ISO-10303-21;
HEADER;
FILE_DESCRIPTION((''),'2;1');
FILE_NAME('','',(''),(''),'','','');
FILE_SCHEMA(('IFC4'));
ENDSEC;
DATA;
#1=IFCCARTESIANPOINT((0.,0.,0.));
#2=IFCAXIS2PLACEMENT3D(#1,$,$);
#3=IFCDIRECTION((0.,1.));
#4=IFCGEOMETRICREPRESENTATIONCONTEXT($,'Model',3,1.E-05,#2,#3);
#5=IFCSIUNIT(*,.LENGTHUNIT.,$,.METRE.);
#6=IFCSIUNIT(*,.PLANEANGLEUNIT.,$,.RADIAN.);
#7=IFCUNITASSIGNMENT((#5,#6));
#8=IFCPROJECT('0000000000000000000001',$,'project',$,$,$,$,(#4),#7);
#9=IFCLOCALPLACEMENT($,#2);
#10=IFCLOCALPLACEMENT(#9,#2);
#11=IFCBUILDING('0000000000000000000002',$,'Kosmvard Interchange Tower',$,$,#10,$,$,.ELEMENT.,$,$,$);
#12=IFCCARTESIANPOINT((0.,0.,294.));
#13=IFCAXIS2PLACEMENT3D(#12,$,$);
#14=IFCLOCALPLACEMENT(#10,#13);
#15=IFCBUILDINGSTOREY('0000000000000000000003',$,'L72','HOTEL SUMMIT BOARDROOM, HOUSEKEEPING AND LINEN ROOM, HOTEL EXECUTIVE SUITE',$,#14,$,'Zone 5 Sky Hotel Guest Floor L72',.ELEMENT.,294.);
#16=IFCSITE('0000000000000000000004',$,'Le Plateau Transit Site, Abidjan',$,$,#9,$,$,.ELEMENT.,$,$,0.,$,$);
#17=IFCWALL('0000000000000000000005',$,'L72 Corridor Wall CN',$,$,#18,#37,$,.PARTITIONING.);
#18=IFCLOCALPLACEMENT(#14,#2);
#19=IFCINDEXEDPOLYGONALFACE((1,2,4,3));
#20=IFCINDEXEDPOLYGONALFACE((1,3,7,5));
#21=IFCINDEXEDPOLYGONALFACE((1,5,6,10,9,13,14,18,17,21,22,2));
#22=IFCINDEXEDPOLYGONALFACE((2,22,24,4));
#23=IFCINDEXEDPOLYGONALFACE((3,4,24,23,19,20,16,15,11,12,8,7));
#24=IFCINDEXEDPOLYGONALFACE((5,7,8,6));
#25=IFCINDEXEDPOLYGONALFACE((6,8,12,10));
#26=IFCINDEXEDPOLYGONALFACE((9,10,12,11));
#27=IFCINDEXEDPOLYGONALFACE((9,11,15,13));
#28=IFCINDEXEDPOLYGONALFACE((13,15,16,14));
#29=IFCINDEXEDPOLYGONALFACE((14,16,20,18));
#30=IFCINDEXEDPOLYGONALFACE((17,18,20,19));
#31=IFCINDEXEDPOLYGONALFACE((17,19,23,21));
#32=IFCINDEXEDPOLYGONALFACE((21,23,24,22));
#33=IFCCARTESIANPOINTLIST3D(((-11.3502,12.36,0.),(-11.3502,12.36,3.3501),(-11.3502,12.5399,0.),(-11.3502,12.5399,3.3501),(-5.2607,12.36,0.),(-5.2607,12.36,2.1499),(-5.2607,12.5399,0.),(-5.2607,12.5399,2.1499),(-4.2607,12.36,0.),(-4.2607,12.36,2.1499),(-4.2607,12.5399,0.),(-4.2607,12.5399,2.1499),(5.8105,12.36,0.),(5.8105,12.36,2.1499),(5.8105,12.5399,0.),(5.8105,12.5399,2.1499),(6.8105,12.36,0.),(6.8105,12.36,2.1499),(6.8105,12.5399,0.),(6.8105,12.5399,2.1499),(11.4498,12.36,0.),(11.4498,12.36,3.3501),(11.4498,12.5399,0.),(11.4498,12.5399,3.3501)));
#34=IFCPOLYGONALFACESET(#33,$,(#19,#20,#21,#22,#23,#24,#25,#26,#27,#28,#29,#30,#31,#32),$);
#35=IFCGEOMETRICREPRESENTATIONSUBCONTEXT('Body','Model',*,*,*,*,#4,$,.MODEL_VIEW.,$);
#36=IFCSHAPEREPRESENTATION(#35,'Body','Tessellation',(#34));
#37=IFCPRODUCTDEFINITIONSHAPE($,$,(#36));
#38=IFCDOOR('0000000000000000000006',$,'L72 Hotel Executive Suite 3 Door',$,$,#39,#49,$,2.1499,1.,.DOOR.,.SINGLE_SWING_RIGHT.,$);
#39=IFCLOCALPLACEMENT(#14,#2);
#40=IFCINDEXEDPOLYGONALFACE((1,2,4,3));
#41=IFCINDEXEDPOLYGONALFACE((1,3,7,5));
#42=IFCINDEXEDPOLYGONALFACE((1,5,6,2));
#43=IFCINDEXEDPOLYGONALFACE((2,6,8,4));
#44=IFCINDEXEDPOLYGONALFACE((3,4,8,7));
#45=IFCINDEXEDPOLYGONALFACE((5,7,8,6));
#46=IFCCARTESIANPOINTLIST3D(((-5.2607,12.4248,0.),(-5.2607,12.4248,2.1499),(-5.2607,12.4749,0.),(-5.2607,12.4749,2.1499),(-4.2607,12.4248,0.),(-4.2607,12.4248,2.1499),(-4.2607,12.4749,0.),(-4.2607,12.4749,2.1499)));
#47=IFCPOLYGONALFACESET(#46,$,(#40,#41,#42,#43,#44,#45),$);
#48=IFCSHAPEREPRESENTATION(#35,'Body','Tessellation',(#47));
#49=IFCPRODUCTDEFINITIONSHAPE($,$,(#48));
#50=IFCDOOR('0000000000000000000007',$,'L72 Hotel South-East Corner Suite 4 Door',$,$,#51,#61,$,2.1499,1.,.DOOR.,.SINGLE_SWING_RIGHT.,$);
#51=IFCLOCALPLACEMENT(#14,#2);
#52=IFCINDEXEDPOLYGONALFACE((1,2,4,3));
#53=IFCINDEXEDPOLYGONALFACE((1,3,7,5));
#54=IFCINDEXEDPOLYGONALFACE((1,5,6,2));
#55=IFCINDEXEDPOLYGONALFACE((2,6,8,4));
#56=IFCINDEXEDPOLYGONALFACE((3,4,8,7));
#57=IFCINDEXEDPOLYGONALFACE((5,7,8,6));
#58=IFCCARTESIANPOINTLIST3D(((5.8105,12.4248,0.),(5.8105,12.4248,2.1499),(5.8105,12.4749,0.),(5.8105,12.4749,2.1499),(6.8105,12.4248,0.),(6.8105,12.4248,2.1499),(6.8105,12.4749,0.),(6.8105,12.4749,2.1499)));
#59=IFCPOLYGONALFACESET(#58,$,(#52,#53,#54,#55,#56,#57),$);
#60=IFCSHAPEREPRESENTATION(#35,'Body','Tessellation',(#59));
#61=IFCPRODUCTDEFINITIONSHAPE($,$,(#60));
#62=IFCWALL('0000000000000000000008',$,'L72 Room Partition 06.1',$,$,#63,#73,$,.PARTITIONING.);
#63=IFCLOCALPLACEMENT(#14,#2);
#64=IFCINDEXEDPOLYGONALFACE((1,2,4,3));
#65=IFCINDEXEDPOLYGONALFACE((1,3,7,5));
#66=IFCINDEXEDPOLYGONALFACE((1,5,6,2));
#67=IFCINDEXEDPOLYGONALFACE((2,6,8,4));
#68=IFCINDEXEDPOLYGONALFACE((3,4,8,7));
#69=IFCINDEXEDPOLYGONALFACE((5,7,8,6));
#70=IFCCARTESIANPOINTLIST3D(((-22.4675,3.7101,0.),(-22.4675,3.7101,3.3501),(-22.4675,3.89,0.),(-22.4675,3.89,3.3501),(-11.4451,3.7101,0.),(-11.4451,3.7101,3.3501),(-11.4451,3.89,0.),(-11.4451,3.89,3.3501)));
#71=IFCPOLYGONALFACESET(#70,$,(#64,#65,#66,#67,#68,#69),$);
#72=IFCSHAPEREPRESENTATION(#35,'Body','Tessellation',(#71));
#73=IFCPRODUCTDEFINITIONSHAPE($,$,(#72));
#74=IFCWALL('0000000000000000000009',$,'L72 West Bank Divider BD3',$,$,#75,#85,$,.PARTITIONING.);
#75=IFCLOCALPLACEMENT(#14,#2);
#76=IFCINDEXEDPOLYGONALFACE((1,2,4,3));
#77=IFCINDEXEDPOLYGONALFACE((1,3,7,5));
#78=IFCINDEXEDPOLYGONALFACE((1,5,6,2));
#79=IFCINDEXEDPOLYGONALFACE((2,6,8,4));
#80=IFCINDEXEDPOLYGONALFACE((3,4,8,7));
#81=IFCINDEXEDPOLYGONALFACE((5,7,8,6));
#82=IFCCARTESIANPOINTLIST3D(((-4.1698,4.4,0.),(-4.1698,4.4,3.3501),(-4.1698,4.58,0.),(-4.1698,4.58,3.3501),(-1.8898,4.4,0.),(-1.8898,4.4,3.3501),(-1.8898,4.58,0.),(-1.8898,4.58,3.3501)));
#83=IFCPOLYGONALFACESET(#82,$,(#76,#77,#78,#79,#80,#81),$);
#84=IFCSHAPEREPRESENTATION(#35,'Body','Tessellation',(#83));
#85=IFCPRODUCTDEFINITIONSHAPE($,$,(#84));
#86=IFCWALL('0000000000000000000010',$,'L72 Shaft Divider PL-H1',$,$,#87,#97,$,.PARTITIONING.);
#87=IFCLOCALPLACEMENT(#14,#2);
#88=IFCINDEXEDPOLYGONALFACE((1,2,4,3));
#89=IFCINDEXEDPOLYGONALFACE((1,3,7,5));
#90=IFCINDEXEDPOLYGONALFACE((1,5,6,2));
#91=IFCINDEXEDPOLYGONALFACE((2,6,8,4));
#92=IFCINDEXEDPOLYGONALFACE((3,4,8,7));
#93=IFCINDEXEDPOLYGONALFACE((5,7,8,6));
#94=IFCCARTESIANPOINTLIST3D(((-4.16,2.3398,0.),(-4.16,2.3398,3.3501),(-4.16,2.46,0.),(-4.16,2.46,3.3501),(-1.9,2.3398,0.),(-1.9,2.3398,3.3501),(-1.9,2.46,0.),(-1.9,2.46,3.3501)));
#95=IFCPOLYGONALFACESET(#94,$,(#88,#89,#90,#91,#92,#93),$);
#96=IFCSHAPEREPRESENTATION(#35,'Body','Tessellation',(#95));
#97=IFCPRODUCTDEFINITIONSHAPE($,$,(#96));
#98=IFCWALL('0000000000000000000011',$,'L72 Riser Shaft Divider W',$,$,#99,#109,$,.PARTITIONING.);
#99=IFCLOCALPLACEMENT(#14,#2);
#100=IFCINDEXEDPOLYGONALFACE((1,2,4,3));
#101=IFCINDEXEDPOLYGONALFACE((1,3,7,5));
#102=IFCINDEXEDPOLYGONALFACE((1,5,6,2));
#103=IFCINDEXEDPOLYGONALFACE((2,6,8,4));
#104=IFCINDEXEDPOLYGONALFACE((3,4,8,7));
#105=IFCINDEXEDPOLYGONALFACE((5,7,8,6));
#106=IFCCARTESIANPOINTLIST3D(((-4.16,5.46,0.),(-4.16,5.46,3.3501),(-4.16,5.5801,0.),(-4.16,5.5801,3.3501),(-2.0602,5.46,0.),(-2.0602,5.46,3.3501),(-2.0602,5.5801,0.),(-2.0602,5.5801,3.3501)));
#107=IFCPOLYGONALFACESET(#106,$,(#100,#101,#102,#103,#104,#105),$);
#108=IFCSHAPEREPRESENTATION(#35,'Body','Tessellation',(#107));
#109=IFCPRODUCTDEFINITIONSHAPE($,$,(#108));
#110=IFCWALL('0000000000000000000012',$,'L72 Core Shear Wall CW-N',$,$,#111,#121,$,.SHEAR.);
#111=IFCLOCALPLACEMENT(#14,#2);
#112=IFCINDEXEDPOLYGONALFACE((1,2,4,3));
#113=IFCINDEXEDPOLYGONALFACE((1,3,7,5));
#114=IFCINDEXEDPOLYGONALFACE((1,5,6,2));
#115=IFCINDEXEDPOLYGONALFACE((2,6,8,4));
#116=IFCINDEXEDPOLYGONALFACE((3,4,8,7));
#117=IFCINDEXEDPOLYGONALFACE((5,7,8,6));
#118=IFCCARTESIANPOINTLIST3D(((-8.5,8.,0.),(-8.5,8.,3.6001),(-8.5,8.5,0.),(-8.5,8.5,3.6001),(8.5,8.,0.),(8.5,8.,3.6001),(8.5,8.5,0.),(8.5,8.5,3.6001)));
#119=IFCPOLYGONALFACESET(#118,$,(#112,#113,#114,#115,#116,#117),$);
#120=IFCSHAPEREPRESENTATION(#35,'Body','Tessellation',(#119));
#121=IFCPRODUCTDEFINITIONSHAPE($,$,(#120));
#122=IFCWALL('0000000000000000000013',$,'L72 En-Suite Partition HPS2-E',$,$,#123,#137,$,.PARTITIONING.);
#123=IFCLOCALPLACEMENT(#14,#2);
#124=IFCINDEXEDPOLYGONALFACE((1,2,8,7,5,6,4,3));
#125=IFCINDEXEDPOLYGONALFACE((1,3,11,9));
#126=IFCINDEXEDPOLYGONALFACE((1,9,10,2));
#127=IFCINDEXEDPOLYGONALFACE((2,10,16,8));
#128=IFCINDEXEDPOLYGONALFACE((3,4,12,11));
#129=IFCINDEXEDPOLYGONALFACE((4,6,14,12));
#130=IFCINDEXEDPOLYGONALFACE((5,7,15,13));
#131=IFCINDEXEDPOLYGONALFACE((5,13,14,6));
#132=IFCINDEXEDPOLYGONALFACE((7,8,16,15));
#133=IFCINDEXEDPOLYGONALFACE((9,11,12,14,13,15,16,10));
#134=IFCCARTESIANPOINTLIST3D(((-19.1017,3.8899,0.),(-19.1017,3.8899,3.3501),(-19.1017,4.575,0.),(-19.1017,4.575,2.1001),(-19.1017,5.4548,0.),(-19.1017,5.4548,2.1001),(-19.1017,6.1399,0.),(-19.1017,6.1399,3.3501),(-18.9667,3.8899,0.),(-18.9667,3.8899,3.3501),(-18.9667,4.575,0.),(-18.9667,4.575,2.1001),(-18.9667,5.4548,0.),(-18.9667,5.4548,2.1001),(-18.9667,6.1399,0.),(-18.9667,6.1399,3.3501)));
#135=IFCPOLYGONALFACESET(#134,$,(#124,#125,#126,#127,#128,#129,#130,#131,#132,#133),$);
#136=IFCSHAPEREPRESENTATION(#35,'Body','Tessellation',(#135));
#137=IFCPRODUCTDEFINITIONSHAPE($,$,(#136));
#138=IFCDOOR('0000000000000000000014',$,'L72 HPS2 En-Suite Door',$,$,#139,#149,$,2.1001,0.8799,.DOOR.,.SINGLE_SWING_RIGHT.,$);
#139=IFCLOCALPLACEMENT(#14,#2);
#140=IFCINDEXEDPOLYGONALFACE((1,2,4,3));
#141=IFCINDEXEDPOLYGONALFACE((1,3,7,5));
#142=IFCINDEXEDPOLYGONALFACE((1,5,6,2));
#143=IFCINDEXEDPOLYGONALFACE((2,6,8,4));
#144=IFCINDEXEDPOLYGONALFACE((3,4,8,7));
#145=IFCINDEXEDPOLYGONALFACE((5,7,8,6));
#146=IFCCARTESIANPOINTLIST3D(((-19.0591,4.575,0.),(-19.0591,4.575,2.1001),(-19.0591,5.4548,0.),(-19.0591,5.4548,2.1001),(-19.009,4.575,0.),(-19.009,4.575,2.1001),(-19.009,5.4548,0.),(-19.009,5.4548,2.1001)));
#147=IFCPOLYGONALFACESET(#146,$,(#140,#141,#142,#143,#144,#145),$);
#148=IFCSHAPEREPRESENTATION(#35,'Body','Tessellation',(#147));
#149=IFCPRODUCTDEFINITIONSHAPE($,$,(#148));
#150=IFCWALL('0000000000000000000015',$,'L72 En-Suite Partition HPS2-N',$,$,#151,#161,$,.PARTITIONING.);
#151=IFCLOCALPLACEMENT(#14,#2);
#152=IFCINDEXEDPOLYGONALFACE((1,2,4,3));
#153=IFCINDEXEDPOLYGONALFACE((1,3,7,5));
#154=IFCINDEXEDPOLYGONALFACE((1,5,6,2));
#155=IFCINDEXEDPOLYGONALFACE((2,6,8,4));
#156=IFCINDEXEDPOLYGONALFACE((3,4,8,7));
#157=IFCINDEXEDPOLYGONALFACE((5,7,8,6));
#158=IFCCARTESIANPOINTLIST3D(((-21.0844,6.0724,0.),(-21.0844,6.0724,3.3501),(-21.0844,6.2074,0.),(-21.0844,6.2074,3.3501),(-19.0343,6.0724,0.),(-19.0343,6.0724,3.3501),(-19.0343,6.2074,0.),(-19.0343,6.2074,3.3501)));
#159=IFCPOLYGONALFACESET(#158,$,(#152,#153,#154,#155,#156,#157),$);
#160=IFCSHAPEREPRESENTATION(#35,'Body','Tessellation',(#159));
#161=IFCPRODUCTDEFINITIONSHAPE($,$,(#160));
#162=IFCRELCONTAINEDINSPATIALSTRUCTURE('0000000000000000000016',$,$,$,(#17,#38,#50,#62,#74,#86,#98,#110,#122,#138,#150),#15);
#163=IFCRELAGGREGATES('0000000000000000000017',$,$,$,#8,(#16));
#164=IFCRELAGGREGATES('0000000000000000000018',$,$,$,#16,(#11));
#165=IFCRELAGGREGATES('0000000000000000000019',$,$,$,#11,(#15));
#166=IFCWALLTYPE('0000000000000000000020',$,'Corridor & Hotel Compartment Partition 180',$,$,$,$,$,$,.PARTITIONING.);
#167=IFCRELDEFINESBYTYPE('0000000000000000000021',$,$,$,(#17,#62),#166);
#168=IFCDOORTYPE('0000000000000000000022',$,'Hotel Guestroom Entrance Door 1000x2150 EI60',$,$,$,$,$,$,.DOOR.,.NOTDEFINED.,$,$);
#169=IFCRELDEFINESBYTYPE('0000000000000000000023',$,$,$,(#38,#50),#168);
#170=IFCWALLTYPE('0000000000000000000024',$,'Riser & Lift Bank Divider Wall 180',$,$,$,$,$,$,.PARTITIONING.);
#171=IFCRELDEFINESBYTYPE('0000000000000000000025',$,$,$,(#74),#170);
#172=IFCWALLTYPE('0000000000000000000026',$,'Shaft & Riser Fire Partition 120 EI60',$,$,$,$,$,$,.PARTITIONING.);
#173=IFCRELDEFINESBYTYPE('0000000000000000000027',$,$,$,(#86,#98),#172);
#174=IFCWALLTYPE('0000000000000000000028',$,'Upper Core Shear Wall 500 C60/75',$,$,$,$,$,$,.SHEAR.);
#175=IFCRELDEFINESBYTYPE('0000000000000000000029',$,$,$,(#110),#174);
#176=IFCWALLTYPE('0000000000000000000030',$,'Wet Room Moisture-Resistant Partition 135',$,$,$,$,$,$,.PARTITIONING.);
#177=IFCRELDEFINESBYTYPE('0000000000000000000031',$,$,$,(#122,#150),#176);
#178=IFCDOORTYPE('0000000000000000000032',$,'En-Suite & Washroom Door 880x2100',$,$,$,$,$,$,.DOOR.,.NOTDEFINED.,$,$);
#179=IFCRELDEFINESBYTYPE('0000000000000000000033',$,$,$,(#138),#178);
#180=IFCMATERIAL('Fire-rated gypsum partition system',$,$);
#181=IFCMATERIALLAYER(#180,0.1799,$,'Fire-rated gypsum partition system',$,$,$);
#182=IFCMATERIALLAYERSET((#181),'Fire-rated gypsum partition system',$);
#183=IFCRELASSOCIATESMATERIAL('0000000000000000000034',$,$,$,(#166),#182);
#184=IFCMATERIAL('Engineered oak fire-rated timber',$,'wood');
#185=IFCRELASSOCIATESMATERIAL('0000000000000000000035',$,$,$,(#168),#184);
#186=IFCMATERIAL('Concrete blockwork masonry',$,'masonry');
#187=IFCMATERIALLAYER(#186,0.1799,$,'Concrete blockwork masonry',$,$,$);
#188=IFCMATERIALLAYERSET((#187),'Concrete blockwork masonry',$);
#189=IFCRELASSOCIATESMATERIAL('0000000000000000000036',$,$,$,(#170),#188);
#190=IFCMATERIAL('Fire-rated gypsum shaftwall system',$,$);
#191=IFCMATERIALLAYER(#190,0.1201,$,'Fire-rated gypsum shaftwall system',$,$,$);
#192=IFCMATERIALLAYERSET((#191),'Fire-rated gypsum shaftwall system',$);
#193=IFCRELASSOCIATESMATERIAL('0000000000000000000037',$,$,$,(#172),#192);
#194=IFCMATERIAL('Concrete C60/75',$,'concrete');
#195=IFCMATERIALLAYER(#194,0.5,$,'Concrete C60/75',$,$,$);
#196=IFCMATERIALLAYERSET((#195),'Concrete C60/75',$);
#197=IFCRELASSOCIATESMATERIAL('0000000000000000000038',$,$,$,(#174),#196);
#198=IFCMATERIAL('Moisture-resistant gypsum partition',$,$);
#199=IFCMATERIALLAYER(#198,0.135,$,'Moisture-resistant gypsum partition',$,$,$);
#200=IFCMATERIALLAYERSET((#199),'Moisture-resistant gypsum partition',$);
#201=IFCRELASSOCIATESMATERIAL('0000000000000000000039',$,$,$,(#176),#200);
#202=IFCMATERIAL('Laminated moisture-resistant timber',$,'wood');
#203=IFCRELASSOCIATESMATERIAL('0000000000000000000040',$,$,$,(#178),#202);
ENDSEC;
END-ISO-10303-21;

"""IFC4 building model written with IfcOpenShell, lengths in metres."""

from ifc_helpers import new_model, si_unit, direction, frame, frame_2d, origin, place, context, subcontext, project, spatial, rectangle, extrude, source, transform, mapped, material, layer, layer_set, type_object, element, fill, save


model = new_model("IFC4")

# Units and contexts
model_context = context("Model", 3, precision=1e-05, world=origin(), true_north=direction((0.0, 1.0)))
body_context = subcontext(model_context, "Body", "Model", "MODEL_VIEW")
ifc_project = project(units=[si_unit("LENGTHUNIT", "METRE"), si_unit("PLANEANGLEUNIT", "RADIAN")], contexts=[model_context])

# Site, building, storey
site_placement = place(None, origin())
site = spatial("IfcSite", under=ifc_project, at=site_placement, Name="Le Plateau Transit Site, Abidjan", CompositionType="ELEMENT", RefElevation=0.0)
building_placement = place(site_placement, origin())
building = spatial("IfcBuilding", under=site, at=building_placement, Name="Kosmvard Interchange Tower", CompositionType="ELEMENT")
storey_placement = place(building_placement, frame((0.0, 0.0, 294.0)))
storey = spatial("IfcBuildingStorey", under=building, at=storey_placement, Name="L72", Description="HOTEL SUMMIT BOARDROOM, HOUSEKEEPING AND LINEN ROOM, HOTEL EXECUTIVE SUITE", LongName="Zone 5 Sky Hotel Guest Floor L72", CompositionType="ELEMENT", Elevation=294.0)

# Shared definitions
ifc_material_1 = material(Name="Fire-rated gypsum partition system")

# Wall, openings, doors
ifc_layer_1 = layer(ifc_material_1, 0.1799, Name="Fire-rated gypsum partition system")
ifc_layer_set_1 = layer_set([ifc_layer_1], Name="Fire-rated gypsum partition system")
wall_type_1 = type_object("IfcWallType", Name="Corridor & Hotel Compartment Partition 180", PredefinedType="PARTITIONING", material=ifc_layer_set_1)
shared_shape_1 = source(origin(), body_context, "Body", "SweptSolid", [
    extrude(rectangle(XDim=0.8799, YDim=2.1001, at=frame_2d((0.4399, 1.05))), frame((0.0, 0.0249, 0.0), z_axis=(0.0, -1.0, 0.0), x_axis=(1.0, 0.0, 0.0)), (0.0, 0.0, 1.0), 0.05),
])
wall_1_placement = place(storey_placement, frame((-11.3501, 12.45, 0.0), z_axis=(0.0, 0.0, 1.0), x_axis=(1.0, 0.0, 0.0)))
wall_1 = element("IfcWall", 1, at=wall_1_placement, inside=storey, type_object=wall_type_1, Name="L72 Corridor Wall CN", PredefinedType="PARTITIONING", context=body_context, shape_type="SweptSolid", body=[
    extrude(rectangle(XDim=22.8, YDim=0.1799, at=frame_2d((11.3999, 0.0))), origin(), (0.0, 0.0, 1.0), 3.3501),
])
opening_1_placement = place(wall_1_placement, frame((6.0894, 0.0, 0.0)))
opening_1 = element("IfcOpeningElement", 2, at=opening_1_placement, cuts=wall_1, PredefinedType="OPENING", context=body_context, shape_type="SweptSolid", body=[
    extrude(rectangle(XDim=1.0, YDim=2.1499, at=frame_2d((0.5, 1.075))), frame((0.0, 0.1001, 0.0), z_axis=(0.0, -1.0, 0.0), x_axis=(1.0, 0.0, 0.0)), (0.0, 0.0, 1.0), 0.2),
])
opening_2_placement = place(wall_1_placement, frame((17.1606, 0.0, 0.0)))
opening_2 = element("IfcOpeningElement", 3, at=opening_2_placement, cuts=wall_1, PredefinedType="OPENING", context=body_context, shape_type="SweptSolid", body=[
    extrude(rectangle(XDim=1.0, YDim=2.1499, at=frame_2d((0.5, 1.075))), frame((0.0, 0.1001, 0.0), z_axis=(0.0, -1.0, 0.0), x_axis=(1.0, 0.0, 0.0)), (0.0, 0.0, 1.0), 0.2),
])
ifc_material_2 = material(Name="Engineered oak fire-rated timber", Category="wood")
door_type_1 = type_object("IfcDoorType", Name="Hotel Guestroom Entrance Door 1000x2150 EI60", OperationType="NOTDEFINED", PredefinedType="DOOR", material=ifc_material_2)
shared_shape_2 = source(origin(), body_context, "Body", "SweptSolid", [
    extrude(rectangle(XDim=1.0, YDim=2.1499, at=frame_2d((0.5, 1.075))), frame((0.0, 0.0249, 0.0), z_axis=(0.0, -1.0, 0.0), x_axis=(1.0, 0.0, 0.0)), (0.0, 0.0, 1.0), 0.05),
])
door_1_placement = place(opening_1_placement, origin())
door_1 = element("IfcDoor", 4, at=door_1_placement, inside=storey, type_object=door_type_1, Name="L72 Hotel Executive Suite 3 Door", OperationType="SINGLE_SWING_RIGHT", OverallHeight=2.1499, OverallWidth=1.0, PredefinedType="DOOR", context=body_context, shape_type="MappedRepresentation", body=[
    mapped(shared_shape_2, transform((0.0, 0.0, 0.0), scale=1.0)),
])
fill(opening_1, door_1)
door_2_placement = place(opening_2_placement, origin())
door_2 = element("IfcDoor", 5, at=door_2_placement, inside=storey, type_object=door_type_1, Name="L72 Hotel South-East Corner Suite 4 Door", OperationType="SINGLE_SWING_RIGHT", OverallHeight=2.1499, OverallWidth=1.0, PredefinedType="DOOR", context=body_context, shape_type="MappedRepresentation", body=[
    mapped(shared_shape_2, transform((0.0, 0.0, 0.0), scale=1.0)),
])
fill(opening_2, door_2)

# Walls
wall_2_placement = place(storey_placement, frame((-11.4451, 3.8, 0.0), z_axis=(0.0, 0.0, 1.0), x_axis=(-1.0, 0.0, 0.0)))
element("IfcWall", 6, at=wall_2_placement, inside=storey, type_object=wall_type_1, Name="L72 Room Partition 06.1", PredefinedType="PARTITIONING", context=body_context, shape_type="SweptSolid", body=[
    extrude(rectangle(XDim=11.0225, YDim=0.1799, at=frame_2d((5.5112, 0.0))), origin(), (0.0, 0.0, 1.0), 3.3501),
])
ifc_material_3 = material(Name="Concrete blockwork masonry", Category="masonry")
ifc_layer_2 = layer(ifc_material_3, 0.1799, Name="Concrete blockwork masonry")
ifc_layer_set_2 = layer_set([ifc_layer_2], Name="Concrete blockwork masonry")
wall_type_2 = type_object("IfcWallType", Name="Riser & Lift Bank Divider Wall 180", PredefinedType="PARTITIONING", material=ifc_layer_set_2)
wall_3_placement = place(storey_placement, frame((-4.1699, 4.49, 0.0), z_axis=(0.0, 0.0, 1.0), x_axis=(1.0, 0.0, 0.0)))
element("IfcWall", 7, at=wall_3_placement, inside=storey, type_object=wall_type_2, Name="L72 West Bank Divider BD3", PredefinedType="PARTITIONING", context=body_context, shape_type="SweptSolid", body=[
    extrude(rectangle(XDim=2.28, YDim=0.1799, at=frame_2d((1.1401, 0.0))), origin(), (0.0, 0.0, 1.0), 3.3501),
])
ifc_material_4 = material(Name="Fire-rated gypsum shaftwall system")
ifc_layer_3 = layer(ifc_material_4, 0.1201, Name="Fire-rated gypsum shaftwall system")
ifc_layer_set_3 = layer_set([ifc_layer_3], Name="Fire-rated gypsum shaftwall system")
wall_type_3 = type_object("IfcWallType", Name="Shaft & Riser Fire Partition 120 EI60", PredefinedType="PARTITIONING", material=ifc_layer_set_3)
wall_4_placement = place(storey_placement, frame((-4.1599, 2.3999, 0.0), z_axis=(0.0, 0.0, 1.0), x_axis=(1.0, 0.0, 0.0)))
element("IfcWall", 8, at=wall_4_placement, inside=storey, type_object=wall_type_3, Name="L72 Shaft Divider PL-H1", PredefinedType="PARTITIONING", context=body_context, shape_type="SweptSolid", body=[
    extrude(rectangle(XDim=2.26, YDim=0.1201, at=frame_2d((1.1299, 0.0))), origin(), (0.0, 0.0, 1.0), 3.3501),
])
wall_5_placement = place(storey_placement, frame((-4.1599, 5.52, 0.0), z_axis=(0.0, 0.0, 1.0), x_axis=(1.0, 0.0, 0.0)))
element("IfcWall", 9, at=wall_5_placement, inside=storey, type_object=wall_type_3, Name="L72 Riser Shaft Divider W", PredefinedType="PARTITIONING", context=body_context, shape_type="SweptSolid", body=[
    extrude(rectangle(XDim=2.0999, YDim=0.1201, at=frame_2d((1.0498, 0.0))), origin(), (0.0, 0.0, 1.0), 3.3501),
])
ifc_material_5 = material(Name="Concrete C60/75", Category="concrete")
ifc_layer_4 = layer(ifc_material_5, 0.5, Name="Concrete C60/75")
ifc_layer_set_4 = layer_set([ifc_layer_4], Name="Concrete C60/75")
wall_type_4 = type_object("IfcWallType", Name="Upper Core Shear Wall 500 C60/75", PredefinedType="SHEAR", material=ifc_layer_set_4)
wall_6_placement = place(storey_placement, frame((-8.5, 8.25, 0.0), z_axis=(0.0, 0.0, 1.0), x_axis=(1.0, 0.0, 0.0)))
element("IfcWall", 10, at=wall_6_placement, inside=storey, type_object=wall_type_4, Name="L72 Core Shear Wall CW-N", PredefinedType="SHEAR", context=body_context, shape_type="SweptSolid", body=[
    extrude(rectangle(XDim=17.0, YDim=0.5, at=frame_2d((8.5, 0.0))), origin(), (0.0, 0.0, 1.0), 3.6001),
])

# Wall, opening, door
ifc_material_6 = material(Name="Moisture-resistant gypsum partition")
ifc_layer_5 = layer(ifc_material_6, 0.135, Name="Moisture-resistant gypsum partition")
ifc_layer_set_5 = layer_set([ifc_layer_5], Name="Moisture-resistant gypsum partition")
wall_type_5 = type_object("IfcWallType", Name="Wet Room Moisture-Resistant Partition 135", PredefinedType="PARTITIONING", material=ifc_layer_set_5)
wall_7_placement = place(storey_placement, frame((-19.0342, 3.8899, 0.0), z_axis=(0.0, 0.0, 1.0), x_axis=(0.0, 1.0, 0.0)))
wall_7 = element("IfcWall", 11, at=wall_7_placement, inside=storey, type_object=wall_type_5, Name="L72 En-Suite Partition HPS2-E", PredefinedType="PARTITIONING", context=body_context, shape_type="SweptSolid", body=[
    extrude(rectangle(XDim=2.25, YDim=0.135, at=frame_2d((1.125, 0.0))), origin(), (0.0, 0.0, 1.0), 3.3501),
])
opening_3_placement = place(wall_7_placement, frame((0.6851, 0.0, 0.0)))
opening_3 = element("IfcOpeningElement", 12, at=opening_3_placement, cuts=wall_7, PredefinedType="OPENING", context=body_context, shape_type="SweptSolid", body=[
    extrude(rectangle(XDim=0.8799, YDim=2.1001, at=frame_2d((0.4399, 1.05))), frame((0.0, 0.0776, 0.0), z_axis=(0.0, -1.0, 0.0), x_axis=(1.0, 0.0, 0.0)), (0.0, 0.0, 1.0), 0.155),
])
ifc_material_7 = material(Name="Laminated moisture-resistant timber", Category="wood")
door_type_2 = type_object("IfcDoorType", Name="En-Suite & Washroom Door 880x2100", OperationType="NOTDEFINED", PredefinedType="DOOR", material=ifc_material_7)
door_3_placement = place(opening_3_placement, origin())
door_3 = element("IfcDoor", 13, at=door_3_placement, inside=storey, type_object=door_type_2, Name="L72 HPS2 En-Suite Door", OperationType="SINGLE_SWING_RIGHT", OverallHeight=2.1001, OverallWidth=0.8799, PredefinedType="DOOR", context=body_context, shape_type="MappedRepresentation", body=[
    mapped(shared_shape_1, transform((0.0, 0.0, 0.0), scale=1.0)),
])
fill(opening_3, door_3)

# Wall
wall_8_placement = place(storey_placement, frame((-21.0842, 6.1399, 0.0), z_axis=(0.0, 0.0, 1.0), x_axis=(1.0, 0.0, 0.0)))
element("IfcWall", 14, at=wall_8_placement, inside=storey, type_object=wall_type_5, Name="L72 En-Suite Partition HPS2-N", PredefinedType="PARTITIONING", context=body_context, shape_type="SweptSolid", body=[
    extrude(rectangle(XDim=2.05, YDim=0.135, at=frame_2d((1.0249, 0.0))), origin(), (0.0, 0.0, 1.0), 3.3501),
])

save(model, "model.ifc")
